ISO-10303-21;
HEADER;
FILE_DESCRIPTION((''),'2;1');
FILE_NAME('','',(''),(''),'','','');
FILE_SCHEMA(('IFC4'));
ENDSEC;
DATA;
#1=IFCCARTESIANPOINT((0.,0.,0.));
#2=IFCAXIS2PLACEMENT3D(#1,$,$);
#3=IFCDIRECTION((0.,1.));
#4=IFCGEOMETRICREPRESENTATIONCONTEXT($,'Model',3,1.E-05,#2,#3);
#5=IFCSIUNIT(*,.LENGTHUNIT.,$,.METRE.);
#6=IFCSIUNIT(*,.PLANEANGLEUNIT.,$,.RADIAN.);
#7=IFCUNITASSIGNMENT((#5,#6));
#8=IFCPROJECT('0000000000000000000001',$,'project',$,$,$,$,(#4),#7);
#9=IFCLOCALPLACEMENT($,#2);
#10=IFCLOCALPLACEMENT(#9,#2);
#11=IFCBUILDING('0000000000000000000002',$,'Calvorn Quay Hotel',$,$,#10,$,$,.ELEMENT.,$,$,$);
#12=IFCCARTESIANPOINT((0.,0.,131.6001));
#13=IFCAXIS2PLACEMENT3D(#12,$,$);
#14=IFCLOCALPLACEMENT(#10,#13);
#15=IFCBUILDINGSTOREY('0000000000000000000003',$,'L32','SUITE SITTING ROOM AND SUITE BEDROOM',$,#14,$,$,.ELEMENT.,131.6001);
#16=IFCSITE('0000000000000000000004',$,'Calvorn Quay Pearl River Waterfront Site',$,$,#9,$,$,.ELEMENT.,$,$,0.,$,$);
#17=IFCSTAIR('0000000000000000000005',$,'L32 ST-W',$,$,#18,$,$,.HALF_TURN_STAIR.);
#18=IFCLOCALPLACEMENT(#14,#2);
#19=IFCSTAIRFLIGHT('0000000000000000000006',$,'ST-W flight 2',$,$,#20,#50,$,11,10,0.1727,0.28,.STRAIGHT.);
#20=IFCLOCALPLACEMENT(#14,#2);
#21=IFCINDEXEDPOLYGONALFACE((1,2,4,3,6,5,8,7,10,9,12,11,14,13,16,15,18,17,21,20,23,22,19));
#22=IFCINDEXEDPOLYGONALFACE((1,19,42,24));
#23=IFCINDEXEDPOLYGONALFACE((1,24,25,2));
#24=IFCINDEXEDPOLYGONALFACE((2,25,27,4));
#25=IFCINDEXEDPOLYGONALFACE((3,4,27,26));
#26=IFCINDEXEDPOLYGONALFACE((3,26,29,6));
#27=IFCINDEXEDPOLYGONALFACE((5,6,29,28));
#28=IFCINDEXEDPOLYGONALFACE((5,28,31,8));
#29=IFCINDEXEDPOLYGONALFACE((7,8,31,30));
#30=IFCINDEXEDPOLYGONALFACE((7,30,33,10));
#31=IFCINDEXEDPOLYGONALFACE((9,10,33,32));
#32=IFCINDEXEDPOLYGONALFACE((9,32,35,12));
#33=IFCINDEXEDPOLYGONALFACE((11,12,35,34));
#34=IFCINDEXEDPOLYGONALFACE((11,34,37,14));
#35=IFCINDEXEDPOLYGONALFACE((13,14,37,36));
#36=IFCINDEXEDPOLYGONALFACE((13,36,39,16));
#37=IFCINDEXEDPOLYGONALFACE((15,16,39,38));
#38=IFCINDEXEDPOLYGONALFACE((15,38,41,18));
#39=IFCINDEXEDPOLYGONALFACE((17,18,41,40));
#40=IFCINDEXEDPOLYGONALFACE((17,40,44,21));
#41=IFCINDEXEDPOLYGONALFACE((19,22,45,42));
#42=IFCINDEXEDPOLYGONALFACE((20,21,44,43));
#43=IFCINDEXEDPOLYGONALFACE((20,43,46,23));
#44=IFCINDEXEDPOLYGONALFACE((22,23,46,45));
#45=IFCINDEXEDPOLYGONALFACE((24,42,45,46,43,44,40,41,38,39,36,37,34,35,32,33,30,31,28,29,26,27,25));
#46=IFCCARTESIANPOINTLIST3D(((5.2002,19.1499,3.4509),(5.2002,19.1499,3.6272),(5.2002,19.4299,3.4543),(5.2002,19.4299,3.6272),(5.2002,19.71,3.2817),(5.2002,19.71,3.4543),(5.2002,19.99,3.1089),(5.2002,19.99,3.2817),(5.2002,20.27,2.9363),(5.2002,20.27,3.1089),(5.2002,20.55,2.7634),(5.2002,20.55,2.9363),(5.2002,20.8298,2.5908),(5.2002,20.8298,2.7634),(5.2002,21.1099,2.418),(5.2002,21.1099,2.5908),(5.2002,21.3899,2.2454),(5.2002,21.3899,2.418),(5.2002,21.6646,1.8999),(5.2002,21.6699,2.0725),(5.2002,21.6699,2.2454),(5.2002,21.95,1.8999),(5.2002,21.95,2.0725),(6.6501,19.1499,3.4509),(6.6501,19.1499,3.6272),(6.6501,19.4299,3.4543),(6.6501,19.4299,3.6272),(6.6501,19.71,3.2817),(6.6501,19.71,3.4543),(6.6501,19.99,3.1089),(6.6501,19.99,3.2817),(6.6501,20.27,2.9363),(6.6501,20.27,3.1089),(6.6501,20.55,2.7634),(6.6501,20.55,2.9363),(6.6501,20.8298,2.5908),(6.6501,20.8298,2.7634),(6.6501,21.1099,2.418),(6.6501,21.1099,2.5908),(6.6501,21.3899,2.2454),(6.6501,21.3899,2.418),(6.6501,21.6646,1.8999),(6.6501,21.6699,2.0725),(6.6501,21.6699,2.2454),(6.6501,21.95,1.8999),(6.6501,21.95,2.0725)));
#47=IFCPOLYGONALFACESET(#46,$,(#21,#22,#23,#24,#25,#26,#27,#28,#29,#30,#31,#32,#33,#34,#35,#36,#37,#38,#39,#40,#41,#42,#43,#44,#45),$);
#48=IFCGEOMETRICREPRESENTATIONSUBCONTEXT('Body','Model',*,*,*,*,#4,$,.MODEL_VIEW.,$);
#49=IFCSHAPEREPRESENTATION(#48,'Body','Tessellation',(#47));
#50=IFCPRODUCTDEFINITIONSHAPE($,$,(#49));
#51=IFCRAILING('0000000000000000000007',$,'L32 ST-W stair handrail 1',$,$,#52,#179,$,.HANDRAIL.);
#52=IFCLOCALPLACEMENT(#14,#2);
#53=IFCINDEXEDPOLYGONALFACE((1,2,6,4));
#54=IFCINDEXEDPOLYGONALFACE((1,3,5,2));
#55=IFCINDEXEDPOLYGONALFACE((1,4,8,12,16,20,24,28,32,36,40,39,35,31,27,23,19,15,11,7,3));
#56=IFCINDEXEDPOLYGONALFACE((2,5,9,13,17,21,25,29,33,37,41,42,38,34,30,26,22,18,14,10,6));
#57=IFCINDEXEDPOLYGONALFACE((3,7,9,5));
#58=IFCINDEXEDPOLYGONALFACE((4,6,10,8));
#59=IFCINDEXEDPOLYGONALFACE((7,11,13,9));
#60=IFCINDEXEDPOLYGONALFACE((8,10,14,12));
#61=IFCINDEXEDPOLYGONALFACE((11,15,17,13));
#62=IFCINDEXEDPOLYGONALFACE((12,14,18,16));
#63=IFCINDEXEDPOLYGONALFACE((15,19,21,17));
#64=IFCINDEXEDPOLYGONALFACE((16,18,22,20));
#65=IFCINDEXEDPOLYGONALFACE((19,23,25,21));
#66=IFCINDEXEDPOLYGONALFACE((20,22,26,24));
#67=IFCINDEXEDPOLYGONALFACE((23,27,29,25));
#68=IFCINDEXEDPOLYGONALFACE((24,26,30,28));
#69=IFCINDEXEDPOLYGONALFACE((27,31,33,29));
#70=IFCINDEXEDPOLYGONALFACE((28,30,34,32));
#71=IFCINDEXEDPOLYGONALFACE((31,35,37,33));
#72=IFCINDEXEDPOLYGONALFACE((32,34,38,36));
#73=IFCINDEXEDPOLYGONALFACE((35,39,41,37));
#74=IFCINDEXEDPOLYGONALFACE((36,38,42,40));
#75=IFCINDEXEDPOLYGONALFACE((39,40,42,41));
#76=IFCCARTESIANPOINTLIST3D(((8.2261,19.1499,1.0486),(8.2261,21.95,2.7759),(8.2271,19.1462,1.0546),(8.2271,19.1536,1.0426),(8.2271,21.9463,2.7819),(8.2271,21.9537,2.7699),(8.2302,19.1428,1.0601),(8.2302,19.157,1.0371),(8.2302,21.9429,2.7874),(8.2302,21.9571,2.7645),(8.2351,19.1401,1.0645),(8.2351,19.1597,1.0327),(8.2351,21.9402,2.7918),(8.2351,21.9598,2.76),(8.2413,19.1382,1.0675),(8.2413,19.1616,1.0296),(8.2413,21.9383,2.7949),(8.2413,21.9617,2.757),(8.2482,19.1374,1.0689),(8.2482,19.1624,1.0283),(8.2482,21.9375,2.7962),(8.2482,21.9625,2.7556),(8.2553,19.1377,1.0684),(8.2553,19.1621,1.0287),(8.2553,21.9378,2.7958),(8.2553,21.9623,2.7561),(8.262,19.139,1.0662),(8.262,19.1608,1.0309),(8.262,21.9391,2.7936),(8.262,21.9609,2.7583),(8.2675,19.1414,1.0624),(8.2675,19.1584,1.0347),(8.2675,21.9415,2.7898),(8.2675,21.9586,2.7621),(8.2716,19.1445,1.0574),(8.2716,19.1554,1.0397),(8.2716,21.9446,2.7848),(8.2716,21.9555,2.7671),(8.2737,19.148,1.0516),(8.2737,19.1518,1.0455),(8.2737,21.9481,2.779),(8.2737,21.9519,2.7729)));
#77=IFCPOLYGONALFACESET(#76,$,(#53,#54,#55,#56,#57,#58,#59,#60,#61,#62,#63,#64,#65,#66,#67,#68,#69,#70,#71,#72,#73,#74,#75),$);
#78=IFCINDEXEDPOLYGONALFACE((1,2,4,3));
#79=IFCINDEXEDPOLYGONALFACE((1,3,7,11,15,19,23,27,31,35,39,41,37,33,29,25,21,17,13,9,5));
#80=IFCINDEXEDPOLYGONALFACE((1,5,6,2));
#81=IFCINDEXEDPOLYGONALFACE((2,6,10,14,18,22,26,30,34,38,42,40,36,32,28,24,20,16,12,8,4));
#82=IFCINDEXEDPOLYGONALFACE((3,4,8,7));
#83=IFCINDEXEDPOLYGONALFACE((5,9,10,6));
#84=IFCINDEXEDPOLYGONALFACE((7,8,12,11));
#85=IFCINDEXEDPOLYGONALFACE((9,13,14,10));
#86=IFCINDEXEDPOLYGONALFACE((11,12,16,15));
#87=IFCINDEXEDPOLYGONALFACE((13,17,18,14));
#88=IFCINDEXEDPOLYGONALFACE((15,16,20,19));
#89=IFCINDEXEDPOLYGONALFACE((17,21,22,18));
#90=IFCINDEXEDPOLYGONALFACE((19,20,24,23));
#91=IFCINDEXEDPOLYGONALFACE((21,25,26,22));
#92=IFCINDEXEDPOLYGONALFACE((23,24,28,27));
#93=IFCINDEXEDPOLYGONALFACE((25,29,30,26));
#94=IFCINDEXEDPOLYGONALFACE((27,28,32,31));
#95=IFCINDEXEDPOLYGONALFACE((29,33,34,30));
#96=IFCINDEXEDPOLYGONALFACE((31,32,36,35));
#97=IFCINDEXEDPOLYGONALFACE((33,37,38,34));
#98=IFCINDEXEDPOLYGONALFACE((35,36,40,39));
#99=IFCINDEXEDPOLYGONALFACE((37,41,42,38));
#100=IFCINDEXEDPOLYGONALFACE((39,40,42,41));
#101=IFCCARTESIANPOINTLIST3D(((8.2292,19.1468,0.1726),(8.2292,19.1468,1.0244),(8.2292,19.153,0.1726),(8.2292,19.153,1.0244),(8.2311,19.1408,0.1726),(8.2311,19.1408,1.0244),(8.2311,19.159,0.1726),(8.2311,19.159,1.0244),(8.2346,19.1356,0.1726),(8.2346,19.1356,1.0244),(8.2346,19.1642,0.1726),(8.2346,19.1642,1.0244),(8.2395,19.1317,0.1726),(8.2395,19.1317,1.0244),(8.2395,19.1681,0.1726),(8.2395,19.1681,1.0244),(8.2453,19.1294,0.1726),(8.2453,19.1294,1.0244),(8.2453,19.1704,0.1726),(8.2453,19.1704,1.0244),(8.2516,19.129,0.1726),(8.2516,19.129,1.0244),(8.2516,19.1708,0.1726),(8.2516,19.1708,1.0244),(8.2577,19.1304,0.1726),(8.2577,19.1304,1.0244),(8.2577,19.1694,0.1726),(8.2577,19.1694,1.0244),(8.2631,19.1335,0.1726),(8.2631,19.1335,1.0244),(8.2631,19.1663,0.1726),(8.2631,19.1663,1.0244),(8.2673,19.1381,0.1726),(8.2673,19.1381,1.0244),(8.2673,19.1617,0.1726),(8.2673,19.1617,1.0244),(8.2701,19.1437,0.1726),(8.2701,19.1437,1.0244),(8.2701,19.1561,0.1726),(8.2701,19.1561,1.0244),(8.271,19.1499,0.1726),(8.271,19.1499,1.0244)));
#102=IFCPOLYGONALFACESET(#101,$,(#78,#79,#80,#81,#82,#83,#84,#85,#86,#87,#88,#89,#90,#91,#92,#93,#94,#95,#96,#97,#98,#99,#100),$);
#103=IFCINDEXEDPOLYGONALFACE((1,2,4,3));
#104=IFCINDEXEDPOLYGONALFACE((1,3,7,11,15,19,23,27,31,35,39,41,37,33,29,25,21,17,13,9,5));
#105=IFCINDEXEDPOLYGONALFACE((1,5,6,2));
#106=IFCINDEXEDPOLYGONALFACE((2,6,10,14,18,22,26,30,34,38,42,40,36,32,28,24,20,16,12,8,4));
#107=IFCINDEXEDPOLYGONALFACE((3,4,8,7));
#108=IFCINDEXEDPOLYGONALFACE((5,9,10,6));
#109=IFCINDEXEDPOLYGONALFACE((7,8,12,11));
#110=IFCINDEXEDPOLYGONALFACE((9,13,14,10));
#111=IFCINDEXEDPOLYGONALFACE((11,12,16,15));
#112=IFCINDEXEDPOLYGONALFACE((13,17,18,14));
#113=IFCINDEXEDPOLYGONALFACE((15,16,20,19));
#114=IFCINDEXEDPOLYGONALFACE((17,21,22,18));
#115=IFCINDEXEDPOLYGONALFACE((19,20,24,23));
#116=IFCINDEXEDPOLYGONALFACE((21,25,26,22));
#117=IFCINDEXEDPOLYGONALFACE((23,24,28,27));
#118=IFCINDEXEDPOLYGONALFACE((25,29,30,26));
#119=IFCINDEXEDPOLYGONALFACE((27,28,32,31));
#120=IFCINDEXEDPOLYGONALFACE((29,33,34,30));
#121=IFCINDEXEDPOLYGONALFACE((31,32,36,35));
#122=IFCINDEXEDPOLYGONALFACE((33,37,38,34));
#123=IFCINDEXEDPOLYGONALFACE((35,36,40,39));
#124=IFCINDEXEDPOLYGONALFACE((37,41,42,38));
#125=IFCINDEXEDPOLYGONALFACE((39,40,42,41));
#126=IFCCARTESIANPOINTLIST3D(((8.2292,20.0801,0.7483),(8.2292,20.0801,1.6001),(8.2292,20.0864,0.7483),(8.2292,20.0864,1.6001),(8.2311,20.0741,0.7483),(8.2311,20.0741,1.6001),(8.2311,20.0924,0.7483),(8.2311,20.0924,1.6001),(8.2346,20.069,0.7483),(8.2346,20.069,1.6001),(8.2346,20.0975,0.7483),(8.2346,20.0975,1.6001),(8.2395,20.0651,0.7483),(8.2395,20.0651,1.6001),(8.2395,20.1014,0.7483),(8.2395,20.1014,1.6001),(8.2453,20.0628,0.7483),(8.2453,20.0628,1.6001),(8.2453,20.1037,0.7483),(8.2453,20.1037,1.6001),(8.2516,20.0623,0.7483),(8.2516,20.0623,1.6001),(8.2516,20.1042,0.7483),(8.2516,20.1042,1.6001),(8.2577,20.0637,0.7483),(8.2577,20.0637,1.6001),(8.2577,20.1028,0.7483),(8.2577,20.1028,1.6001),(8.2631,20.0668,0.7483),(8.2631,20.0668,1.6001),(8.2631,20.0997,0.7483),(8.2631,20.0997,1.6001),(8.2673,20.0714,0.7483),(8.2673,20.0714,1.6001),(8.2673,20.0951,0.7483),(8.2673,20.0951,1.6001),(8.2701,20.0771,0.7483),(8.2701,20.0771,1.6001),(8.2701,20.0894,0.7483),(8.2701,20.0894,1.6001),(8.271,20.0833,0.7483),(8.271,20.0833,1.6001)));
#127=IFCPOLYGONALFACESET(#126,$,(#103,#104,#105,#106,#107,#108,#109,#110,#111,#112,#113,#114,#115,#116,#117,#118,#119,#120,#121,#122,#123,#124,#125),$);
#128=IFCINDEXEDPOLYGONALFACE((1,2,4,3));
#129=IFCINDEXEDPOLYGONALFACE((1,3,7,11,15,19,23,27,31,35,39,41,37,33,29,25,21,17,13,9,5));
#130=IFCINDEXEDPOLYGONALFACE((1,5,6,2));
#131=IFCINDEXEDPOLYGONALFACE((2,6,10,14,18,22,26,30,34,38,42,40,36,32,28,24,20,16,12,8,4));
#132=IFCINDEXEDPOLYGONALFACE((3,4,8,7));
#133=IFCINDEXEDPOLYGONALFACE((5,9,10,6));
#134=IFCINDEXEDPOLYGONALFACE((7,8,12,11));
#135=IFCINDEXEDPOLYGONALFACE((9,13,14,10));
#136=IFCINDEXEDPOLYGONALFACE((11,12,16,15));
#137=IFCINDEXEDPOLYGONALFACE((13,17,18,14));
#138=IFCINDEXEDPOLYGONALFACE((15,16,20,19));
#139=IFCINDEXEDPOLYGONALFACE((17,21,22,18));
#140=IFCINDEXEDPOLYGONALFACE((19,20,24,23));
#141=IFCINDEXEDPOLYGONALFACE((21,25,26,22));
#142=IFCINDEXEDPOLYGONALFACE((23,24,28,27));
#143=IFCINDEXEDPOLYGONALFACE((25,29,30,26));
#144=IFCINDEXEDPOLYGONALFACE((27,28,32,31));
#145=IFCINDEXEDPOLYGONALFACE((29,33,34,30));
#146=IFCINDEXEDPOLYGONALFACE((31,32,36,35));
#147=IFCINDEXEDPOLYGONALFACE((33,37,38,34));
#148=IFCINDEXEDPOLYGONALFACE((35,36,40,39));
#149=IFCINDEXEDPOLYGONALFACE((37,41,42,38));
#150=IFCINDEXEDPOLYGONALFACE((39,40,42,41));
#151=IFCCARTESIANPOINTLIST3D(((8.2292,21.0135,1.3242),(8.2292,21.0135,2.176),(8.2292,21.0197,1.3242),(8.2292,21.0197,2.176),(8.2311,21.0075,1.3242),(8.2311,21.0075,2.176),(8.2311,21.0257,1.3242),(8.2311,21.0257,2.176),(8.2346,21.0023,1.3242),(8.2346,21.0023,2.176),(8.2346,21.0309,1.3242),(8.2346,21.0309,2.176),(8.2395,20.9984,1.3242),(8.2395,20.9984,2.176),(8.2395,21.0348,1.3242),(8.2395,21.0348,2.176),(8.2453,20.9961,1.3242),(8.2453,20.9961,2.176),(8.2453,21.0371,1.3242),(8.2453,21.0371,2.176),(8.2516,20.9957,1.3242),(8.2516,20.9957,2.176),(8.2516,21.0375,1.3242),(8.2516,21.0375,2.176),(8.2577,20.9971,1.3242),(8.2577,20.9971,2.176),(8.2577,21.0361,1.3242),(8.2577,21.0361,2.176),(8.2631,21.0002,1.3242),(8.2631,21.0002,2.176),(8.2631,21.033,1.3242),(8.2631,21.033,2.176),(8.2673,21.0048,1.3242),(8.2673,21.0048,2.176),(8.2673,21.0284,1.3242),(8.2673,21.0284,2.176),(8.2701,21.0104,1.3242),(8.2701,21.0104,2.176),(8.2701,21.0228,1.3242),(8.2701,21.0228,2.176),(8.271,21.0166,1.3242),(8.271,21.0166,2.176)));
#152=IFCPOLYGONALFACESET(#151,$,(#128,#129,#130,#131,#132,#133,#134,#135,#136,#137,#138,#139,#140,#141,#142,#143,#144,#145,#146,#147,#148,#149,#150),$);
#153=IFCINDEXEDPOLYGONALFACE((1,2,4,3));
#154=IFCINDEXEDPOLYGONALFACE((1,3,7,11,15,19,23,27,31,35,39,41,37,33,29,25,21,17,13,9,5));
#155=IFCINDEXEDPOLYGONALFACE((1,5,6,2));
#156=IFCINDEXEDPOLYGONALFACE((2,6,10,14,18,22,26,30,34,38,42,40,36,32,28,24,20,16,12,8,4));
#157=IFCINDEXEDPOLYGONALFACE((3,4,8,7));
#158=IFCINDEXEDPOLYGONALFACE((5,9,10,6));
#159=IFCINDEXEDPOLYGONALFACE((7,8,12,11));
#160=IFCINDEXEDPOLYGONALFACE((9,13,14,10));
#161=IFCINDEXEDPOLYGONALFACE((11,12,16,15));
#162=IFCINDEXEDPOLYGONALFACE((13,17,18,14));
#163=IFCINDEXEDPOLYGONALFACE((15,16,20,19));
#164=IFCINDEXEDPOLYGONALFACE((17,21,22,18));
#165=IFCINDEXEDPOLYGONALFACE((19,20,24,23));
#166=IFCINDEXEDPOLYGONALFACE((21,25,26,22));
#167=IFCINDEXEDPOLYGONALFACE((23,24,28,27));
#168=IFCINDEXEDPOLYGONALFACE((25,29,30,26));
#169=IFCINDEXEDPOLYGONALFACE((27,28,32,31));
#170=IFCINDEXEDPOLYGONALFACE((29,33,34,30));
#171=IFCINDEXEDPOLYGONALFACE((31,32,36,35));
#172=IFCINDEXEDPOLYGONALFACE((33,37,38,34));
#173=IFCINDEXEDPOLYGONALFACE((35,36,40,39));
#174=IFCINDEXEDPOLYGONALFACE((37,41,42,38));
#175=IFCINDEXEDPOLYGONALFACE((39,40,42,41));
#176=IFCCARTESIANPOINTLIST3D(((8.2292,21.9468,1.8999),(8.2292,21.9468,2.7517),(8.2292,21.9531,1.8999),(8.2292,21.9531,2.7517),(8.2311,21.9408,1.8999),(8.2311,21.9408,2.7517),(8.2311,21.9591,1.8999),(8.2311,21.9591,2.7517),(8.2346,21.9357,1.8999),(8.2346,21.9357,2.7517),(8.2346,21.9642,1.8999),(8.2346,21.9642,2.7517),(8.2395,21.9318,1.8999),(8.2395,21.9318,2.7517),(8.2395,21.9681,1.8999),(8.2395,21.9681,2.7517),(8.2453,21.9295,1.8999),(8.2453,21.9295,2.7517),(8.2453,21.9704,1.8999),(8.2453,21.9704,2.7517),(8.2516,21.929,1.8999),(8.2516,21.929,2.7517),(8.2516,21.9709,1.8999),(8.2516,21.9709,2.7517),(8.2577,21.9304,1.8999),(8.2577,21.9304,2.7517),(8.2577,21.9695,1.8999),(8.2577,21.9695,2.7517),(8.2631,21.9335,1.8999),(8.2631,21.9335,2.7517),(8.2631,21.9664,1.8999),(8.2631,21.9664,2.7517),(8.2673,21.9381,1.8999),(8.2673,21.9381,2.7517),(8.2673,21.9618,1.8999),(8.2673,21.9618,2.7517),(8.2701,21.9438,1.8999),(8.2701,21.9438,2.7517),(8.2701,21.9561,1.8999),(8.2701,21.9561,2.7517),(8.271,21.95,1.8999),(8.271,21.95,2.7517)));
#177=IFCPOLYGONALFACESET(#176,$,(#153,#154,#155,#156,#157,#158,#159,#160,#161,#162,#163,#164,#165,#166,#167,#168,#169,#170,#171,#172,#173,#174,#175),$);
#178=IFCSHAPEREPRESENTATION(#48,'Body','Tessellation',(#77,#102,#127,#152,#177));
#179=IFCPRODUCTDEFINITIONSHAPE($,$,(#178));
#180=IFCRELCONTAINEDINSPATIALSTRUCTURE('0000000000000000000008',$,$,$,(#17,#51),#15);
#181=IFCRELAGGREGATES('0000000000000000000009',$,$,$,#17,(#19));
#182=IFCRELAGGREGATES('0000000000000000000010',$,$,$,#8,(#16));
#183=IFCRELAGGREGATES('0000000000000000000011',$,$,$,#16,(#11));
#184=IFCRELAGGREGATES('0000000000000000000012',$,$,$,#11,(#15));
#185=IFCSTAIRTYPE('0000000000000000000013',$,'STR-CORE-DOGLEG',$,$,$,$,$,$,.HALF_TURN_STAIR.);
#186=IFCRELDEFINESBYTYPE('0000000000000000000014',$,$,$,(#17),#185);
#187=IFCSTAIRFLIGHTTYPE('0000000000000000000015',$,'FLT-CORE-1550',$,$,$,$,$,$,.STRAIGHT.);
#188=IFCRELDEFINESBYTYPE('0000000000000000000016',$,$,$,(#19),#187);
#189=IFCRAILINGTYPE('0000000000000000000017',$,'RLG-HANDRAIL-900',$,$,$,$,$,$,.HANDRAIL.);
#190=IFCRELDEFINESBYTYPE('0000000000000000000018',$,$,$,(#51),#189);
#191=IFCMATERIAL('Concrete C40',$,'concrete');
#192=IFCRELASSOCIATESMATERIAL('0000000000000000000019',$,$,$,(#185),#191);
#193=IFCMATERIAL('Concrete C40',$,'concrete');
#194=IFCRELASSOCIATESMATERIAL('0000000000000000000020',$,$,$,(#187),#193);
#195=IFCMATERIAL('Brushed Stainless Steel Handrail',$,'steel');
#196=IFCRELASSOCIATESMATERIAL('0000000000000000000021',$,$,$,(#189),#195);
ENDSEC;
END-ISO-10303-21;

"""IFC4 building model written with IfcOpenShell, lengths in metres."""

from ifc_helpers import new_model, si_unit, direction, frame, origin, origin_2d, place, context, subcontext, project, spatial, polyline, circle, outline, extrude, material, type_object, element, aggregate, save


model = new_model("IFC4")

# Units and contexts
model_context = context("Model", 3, precision=1e-05, world=origin(), true_north=direction((0.0, 1.0)))
body_context = subcontext(model_context, "Body", "Model", "MODEL_VIEW")
ifc_project = project(units=[si_unit("LENGTHUNIT", "METRE"), si_unit("PLANEANGLEUNIT", "RADIAN")], contexts=[model_context])

# Site, building, storey
site_placement = place(None, origin())
site = spatial("IfcSite", under=ifc_project, at=site_placement, Name="Calvorn Quay Pearl River Waterfront Site", CompositionType="ELEMENT", RefElevation=0.0)
building_placement = place(site_placement, origin())
building = spatial("IfcBuilding", under=site, at=building_placement, Name="Calvorn Quay Hotel", CompositionType="ELEMENT")
storey_placement = place(building_placement, frame((0.0, 0.0, 131.6001)))
storey = spatial("IfcBuildingStorey", under=building, at=storey_placement, Name="L32", Description="SUITE SITTING ROOM AND SUITE BEDROOM", CompositionType="ELEMENT", Elevation=131.6001)

# Stair, stair flight
ifc_material_1 = material(Name="Concrete C40", Category="concrete")
stair_type = type_object("IfcStairType", Name="STR-CORE-DOGLEG", PredefinedType="HALF_TURN_STAIR", material=ifc_material_1)
stair_placement = place(storey_placement, origin())
stair = element("IfcStair", 1, at=stair_placement, inside=storey, type_object=stair_type, Name="L32 ST-W", PredefinedType="HALF_TURN_STAIR")
ifc_material_2 = material(Name="Concrete C40", Category="concrete")
stair_flight_type = type_object("IfcStairFlightType", Name="FLT-CORE-1550", PredefinedType="STRAIGHT", material=ifc_material_2)
stair_flight_1_placement = place(storey_placement, frame((5.925, 21.95, 1.8999), z_axis=(0.0, 0.0, 1.0), x_axis=(0.0, -1.0, 0.0)))
stair_flight_1 = element("IfcStairFlight", 2, at=stair_flight_1_placement, type_object=stair_flight_type, Name="ST-W flight 2", NumberOfRisers=11, NumberOfTreads=10, PredefinedType="STRAIGHT", RiserHeight=0.1727, TreadLength=0.28, context=body_context, shape_type="SweptSolid", body=[
    extrude(outline(polyline([(0.0, 0.0), (0.0, 0.1726), (0.28, 0.1726), (0.28, 0.3455), (0.5601, 0.3455), (0.5601, 0.5181), (0.8401, 0.5181), (0.8401, 0.6909), (1.1201, 0.6909), (1.1201, 0.8635), (1.3999, 0.8635), (1.3999, 1.0364), (1.6799, 1.0364), (1.6799, 1.209), (1.96, 1.209), (1.96, 1.3818), (2.24, 1.3818), (2.24, 1.5544), (2.52, 1.5544), (2.52, 1.7273), (2.8, 1.7273), (2.8, 1.8999), (2.8, 1.551), (0.2854, 0.0), (0.0, 0.0)])), frame((0.0, 0.7251, 0.0), z_axis=(0.0, -1.0, 0.0), x_axis=(1.0, 0.0, 0.0)), (0.0, 0.0, 1.0), 1.45),
])
aggregate(stair, [stair_flight_1])

# Railing
ifc_material_3 = material(Name="Brushed Stainless Steel Handrail", Category="steel")
railing_type_1 = type_object("IfcRailingType", Name="RLG-HANDRAIL-900", PredefinedType="HANDRAIL", material=ifc_material_3)
railing_1_placement = place(storey_placement, frame((8.25, 19.1499, 0.1726)))
element("IfcRailing", 3, at=railing_1_placement, inside=storey, type_object=railing_type_1, Name="L32 ST-W stair handrail 1", PredefinedType="HANDRAIL", context=body_context, shape_type="SweptSolid", body=[
    extrude(circle(Radius=0.0239, at=origin_2d()), frame((0.0, 0.0, 0.876), z_axis=(0.0, 0.85109, 0.52502), x_axis=(-1.0, 0.0, 0.0)), (0.0, 0.0, 1.0), 3.29),
    extrude(circle(Radius=0.021, at=origin_2d()), origin(), (0.0, 0.0, 1.0), 0.8518),
    extrude(circle(Radius=0.021, at=origin_2d()), frame((0.0, 0.9333, 0.5757)), (0.0, 0.0, 1.0), 0.8518),
    extrude(circle(Radius=0.021, at=origin_2d()), frame((0.0, 1.8667, 1.1516)), (0.0, 0.0, 1.0), 0.8518),
    extrude(circle(Radius=0.021, at=origin_2d()), frame((0.0, 2.8, 1.7273)), (0.0, 0.0, 1.0), 0.8518),
])

save(model, "model.ifc")
